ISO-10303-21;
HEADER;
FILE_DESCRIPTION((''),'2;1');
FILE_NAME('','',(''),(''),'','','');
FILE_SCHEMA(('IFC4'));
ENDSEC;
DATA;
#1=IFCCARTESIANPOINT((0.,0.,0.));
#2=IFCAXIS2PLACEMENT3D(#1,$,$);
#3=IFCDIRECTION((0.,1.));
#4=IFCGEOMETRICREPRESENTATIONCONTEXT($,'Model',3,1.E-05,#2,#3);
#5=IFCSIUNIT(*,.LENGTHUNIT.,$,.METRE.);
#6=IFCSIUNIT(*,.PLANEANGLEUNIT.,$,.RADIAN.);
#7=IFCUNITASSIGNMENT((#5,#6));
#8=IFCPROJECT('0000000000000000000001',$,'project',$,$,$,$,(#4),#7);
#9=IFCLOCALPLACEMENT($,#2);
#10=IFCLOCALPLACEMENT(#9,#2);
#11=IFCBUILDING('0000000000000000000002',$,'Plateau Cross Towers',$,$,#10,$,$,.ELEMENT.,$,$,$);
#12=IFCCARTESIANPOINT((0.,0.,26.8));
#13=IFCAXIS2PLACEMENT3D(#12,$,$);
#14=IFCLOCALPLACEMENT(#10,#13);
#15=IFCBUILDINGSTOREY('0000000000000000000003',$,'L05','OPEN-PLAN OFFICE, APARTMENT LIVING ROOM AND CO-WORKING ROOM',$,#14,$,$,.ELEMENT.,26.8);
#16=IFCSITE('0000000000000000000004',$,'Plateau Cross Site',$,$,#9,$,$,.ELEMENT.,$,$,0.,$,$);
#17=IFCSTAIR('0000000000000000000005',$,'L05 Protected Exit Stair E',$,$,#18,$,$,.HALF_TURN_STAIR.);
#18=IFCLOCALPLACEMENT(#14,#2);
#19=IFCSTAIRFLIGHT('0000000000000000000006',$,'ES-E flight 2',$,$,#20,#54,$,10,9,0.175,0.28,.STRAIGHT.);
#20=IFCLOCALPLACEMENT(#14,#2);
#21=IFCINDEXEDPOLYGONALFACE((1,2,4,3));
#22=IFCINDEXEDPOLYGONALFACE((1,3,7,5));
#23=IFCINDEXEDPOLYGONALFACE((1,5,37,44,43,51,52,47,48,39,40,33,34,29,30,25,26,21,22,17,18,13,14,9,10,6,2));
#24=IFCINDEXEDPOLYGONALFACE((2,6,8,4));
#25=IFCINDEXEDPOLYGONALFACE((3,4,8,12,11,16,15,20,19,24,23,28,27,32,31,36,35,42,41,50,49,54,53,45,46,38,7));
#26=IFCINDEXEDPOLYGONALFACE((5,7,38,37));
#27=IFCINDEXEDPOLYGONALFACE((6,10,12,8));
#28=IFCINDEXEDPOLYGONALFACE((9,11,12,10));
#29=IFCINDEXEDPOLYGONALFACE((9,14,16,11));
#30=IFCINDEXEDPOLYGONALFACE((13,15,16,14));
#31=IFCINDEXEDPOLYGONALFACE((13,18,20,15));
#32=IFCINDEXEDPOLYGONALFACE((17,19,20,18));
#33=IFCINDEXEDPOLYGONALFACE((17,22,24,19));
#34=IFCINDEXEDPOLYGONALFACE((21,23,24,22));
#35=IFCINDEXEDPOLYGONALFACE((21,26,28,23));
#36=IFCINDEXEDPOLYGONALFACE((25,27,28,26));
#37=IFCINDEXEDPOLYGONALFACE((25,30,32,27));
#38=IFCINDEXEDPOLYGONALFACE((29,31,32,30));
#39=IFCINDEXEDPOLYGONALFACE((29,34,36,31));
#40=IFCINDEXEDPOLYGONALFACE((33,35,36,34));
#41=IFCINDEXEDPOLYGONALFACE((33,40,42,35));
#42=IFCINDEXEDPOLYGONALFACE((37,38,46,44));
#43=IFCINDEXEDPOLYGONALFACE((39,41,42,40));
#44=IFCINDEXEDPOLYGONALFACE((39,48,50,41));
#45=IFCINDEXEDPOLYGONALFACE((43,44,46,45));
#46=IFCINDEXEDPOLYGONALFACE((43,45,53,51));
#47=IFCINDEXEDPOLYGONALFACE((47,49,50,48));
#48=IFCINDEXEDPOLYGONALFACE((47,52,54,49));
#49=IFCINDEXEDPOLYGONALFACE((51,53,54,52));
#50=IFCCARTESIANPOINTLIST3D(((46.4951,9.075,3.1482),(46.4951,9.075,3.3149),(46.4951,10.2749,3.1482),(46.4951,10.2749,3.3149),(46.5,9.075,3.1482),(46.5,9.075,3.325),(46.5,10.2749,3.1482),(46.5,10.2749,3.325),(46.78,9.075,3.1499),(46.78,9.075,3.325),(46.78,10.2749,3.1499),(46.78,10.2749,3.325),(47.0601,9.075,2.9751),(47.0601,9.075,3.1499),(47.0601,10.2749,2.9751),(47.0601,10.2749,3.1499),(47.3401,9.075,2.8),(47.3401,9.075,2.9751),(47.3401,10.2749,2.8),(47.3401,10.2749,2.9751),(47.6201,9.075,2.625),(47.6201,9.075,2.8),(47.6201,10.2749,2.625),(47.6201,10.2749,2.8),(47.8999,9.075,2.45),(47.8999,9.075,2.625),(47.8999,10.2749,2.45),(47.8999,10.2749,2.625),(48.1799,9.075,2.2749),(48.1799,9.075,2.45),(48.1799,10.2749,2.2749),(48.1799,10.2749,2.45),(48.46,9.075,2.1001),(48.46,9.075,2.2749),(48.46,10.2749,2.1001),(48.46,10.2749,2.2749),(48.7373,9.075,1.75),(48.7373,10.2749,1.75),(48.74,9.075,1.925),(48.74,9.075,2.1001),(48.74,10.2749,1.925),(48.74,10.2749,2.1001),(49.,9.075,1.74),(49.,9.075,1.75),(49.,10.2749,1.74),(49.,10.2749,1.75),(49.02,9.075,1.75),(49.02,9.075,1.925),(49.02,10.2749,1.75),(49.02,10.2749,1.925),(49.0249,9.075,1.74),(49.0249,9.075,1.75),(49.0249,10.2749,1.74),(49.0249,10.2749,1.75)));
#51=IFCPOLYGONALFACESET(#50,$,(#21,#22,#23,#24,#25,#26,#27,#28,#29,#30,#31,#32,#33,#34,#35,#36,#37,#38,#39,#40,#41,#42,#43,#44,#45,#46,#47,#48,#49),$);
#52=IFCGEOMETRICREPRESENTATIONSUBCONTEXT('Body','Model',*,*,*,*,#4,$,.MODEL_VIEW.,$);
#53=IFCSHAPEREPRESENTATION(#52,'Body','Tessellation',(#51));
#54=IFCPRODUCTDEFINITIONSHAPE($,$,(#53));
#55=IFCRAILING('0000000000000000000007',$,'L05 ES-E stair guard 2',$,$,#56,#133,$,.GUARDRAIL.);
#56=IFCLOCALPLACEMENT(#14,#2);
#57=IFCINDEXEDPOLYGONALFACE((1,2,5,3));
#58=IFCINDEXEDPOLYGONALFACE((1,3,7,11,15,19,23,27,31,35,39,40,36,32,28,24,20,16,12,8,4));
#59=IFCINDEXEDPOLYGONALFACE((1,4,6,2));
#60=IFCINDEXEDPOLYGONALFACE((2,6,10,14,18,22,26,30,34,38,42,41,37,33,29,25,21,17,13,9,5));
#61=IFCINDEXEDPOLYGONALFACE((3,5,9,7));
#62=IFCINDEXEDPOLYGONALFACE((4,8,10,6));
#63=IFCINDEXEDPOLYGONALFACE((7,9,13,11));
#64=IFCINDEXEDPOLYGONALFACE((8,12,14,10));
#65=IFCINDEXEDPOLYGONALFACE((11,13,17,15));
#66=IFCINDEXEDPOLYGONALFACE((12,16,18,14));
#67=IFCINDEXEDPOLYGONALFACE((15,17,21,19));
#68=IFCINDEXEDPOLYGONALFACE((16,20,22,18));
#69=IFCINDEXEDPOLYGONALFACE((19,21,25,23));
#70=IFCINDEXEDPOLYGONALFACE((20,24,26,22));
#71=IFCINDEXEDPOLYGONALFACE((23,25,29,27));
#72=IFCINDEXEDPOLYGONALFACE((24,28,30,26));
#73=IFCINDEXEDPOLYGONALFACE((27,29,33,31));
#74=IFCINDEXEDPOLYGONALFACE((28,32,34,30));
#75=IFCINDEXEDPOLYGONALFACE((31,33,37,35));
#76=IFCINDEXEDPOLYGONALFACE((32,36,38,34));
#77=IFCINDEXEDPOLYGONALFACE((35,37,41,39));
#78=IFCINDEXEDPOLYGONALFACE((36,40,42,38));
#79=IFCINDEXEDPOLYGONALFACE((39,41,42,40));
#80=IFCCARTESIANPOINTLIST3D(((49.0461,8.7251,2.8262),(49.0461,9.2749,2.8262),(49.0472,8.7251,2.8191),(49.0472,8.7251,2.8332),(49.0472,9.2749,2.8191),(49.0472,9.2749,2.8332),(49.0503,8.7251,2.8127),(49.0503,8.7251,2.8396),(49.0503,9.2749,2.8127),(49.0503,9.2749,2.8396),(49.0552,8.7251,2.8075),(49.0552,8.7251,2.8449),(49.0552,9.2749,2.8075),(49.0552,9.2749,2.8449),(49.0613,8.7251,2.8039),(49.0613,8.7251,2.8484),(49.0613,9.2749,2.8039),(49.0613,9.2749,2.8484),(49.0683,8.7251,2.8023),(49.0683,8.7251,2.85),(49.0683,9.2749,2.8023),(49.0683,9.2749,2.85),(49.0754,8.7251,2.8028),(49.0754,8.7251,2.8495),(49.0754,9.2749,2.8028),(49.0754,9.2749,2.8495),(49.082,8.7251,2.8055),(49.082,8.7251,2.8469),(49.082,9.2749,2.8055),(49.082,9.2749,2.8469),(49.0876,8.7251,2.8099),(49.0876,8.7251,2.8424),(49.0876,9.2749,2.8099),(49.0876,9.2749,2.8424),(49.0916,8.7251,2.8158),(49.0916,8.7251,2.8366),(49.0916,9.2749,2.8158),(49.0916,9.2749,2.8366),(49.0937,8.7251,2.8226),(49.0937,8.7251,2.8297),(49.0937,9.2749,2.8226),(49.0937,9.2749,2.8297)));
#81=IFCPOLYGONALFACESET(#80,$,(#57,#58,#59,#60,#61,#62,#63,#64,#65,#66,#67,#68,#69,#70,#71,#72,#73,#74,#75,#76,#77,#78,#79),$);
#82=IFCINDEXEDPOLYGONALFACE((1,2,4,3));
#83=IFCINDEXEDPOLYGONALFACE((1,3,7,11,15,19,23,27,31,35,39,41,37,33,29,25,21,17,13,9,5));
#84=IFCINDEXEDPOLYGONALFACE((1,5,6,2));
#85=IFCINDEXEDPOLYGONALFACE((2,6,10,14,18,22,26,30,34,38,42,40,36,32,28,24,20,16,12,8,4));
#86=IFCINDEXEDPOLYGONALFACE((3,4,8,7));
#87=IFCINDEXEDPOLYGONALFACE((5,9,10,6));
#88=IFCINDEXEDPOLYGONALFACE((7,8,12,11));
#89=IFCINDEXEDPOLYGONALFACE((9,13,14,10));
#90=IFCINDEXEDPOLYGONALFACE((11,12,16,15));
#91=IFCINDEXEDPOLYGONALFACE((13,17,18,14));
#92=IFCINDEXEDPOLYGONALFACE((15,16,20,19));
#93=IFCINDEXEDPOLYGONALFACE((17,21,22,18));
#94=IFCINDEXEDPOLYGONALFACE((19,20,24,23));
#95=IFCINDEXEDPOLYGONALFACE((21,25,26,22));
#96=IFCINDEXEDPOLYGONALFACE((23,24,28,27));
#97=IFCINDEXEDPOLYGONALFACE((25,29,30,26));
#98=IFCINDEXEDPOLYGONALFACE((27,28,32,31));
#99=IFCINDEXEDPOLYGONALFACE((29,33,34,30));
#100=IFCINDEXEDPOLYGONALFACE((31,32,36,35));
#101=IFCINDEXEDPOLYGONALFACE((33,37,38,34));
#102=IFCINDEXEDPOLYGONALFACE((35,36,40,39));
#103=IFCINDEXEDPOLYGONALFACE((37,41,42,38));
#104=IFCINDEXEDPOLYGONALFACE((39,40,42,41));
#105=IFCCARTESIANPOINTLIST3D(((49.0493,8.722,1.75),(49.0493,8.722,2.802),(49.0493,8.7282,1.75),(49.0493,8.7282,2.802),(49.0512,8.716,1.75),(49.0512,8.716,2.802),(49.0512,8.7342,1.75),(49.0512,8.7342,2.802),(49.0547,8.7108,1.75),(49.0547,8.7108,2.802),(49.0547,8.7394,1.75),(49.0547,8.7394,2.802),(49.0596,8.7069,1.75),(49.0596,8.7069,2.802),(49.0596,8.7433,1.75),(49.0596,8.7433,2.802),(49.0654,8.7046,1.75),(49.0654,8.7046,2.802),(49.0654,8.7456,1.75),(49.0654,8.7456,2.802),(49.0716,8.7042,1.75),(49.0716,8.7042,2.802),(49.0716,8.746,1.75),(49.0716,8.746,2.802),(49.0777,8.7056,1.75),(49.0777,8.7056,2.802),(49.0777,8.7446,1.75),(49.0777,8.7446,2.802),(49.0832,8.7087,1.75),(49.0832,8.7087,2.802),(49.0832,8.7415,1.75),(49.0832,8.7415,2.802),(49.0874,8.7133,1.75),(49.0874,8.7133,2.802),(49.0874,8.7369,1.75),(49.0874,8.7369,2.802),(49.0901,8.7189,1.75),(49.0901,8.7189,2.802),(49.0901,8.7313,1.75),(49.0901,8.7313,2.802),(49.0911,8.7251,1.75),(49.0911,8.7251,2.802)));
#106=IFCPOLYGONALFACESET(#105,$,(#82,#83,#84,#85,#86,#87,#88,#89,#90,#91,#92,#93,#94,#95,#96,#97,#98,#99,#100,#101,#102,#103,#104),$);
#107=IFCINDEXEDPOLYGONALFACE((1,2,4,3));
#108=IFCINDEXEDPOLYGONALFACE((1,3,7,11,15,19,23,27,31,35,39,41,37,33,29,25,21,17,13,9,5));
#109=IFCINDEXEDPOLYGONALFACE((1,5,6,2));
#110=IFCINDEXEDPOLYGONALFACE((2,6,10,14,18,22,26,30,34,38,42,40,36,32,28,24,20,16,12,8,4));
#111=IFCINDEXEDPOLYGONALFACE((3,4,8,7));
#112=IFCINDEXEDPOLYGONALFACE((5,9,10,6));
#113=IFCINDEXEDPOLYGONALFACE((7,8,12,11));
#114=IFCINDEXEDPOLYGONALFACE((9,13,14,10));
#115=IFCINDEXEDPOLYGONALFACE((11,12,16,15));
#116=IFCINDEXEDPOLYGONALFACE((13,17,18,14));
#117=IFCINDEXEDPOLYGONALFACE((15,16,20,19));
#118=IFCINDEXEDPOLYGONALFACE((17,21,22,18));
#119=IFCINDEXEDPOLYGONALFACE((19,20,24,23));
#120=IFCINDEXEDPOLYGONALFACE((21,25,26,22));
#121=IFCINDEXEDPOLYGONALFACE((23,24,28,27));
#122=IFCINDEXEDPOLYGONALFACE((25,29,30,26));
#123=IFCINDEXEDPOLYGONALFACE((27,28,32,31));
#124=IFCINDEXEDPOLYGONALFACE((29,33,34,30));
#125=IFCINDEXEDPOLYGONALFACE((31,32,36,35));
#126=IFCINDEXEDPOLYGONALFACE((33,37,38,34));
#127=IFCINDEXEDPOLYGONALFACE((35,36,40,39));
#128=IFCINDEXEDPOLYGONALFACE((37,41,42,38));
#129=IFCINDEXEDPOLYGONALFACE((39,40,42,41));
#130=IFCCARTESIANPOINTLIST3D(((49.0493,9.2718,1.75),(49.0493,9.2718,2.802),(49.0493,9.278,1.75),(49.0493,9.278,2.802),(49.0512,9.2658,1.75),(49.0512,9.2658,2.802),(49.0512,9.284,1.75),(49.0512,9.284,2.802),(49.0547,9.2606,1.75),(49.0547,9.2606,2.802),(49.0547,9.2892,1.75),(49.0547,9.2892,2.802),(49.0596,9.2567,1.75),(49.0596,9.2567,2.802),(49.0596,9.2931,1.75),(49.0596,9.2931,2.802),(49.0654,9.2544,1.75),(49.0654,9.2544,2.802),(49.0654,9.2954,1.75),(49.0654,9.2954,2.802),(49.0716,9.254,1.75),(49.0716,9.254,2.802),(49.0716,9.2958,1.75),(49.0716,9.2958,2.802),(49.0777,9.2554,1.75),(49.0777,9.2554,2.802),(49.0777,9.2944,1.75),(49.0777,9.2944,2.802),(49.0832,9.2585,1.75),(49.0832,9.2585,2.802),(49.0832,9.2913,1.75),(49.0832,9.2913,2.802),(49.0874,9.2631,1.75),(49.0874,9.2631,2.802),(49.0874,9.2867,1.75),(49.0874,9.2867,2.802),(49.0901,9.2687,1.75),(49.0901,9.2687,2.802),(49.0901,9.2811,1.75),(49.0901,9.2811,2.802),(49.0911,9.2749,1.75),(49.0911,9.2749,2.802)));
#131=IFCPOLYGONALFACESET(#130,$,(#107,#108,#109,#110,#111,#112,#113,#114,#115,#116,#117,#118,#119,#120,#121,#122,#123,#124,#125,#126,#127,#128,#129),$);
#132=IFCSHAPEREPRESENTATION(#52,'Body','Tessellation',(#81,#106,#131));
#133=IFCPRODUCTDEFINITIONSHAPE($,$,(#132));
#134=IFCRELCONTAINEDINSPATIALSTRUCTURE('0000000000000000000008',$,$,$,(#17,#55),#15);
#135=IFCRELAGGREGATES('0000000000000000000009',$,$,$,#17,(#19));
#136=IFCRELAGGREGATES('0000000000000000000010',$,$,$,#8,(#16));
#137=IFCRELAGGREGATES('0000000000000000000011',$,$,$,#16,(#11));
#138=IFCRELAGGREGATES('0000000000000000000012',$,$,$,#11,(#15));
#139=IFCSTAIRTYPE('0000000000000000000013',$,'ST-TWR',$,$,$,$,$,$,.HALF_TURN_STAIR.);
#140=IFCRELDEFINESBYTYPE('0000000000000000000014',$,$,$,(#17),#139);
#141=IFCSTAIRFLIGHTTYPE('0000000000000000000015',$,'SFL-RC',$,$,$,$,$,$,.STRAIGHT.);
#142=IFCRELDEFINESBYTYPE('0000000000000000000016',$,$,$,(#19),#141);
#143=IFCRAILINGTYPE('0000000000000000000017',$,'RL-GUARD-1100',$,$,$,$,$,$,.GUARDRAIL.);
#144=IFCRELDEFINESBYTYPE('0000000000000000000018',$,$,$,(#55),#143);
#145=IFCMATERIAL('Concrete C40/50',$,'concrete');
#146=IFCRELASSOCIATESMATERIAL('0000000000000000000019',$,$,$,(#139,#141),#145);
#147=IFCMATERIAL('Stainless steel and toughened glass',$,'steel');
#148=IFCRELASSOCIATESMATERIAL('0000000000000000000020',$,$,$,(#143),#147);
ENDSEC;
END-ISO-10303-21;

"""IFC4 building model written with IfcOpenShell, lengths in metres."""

from ifc_helpers import new_model, si_unit, direction, frame, origin, origin_2d, place, context, subcontext, project, spatial, polyline, circle, outline, extrude, material, type_object, element, aggregate, save


model = new_model("IFC4")

# Units and contexts
model_context = context("Model", 3, precision=1e-05, world=origin(), true_north=direction((0.0, 1.0)))
body_context = subcontext(model_context, "Body", "Model", "MODEL_VIEW")
ifc_project = project(units=[si_unit("LENGTHUNIT", "METRE"), si_unit("PLANEANGLEUNIT", "RADIAN")], contexts=[model_context])

# Site, building, storey
site_placement = place(None, origin())
site = spatial("IfcSite", under=ifc_project, at=site_placement, Name="Plateau Cross Site", CompositionType="ELEMENT", RefElevation=0.0)
building_placement = place(site_placement, origin())
building = spatial("IfcBuilding", under=site, at=building_placement, Name="Plateau Cross Towers", CompositionType="ELEMENT")
storey_placement = place(building_placement, frame((0.0, 0.0, 26.8)))
storey = spatial("IfcBuildingStorey", under=building, at=storey_placement, Name="L05", Description="OPEN-PLAN OFFICE, APARTMENT LIVING ROOM AND CO-WORKING ROOM", CompositionType="ELEMENT", Elevation=26.8)

# Stair, stair flight
ifc_material_1 = material(Name="Concrete C40/50", Category="concrete")
stair_type = type_object("IfcStairType", Name="ST-TWR", PredefinedType="HALF_TURN_STAIR", material=ifc_material_1)
stair_placement = place(storey_placement, origin())
stair = element("IfcStair", 1, at=stair_placement, inside=storey, type_object=stair_type, Name="L05 Protected Exit Stair E", PredefinedType="HALF_TURN_STAIR")
stair_flight_type = type_object("IfcStairFlightType", Name="SFL-RC", PredefinedType="STRAIGHT", material=ifc_material_1)
stair_flight_placement = place(storey_placement, frame((49.02, 9.675, 1.75), z_axis=(0.0, 0.0, 1.0), x_axis=(-1.0, 0.0, 0.0)))
stair_flight = element("IfcStairFlight", 2, at=stair_flight_placement, type_object=stair_flight_type, Name="ES-E flight 2", NumberOfRisers=10, NumberOfTreads=9, PredefinedType="STRAIGHT", RiserHeight=0.175, TreadLength=0.28, context=body_context, shape_type="SweptSolid", body=[
    extrude(outline(polyline([(-0.0049, -0.01), (-0.0049, 0.0), (0.0, 0.0), (0.0, 0.175), (0.28, 0.175), (0.28, 0.3501), (0.5601, 0.3501), (0.5601, 0.5249), (0.8401, 0.5249), (0.8401, 0.7), (1.1201, 0.7), (1.1201, 0.875), (1.3999, 0.875), (1.3999, 1.05), (1.6799, 1.05), (1.6799, 1.2251), (1.96, 1.2251), (1.96, 1.3999), (2.24, 1.3999), (2.24, 1.575), (2.52, 1.575), (2.5249, 1.5649), (2.5249, 1.3982), (2.52, 1.3982), (0.2827, 0.0), (0.02, 0.0), (0.02, -0.01), (-0.0049, -0.01)])), frame((0.0, 0.6001, 0.0), z_axis=(0.0, -1.0, 0.0), x_axis=(1.0, 0.0, 0.0)), (0.0, 0.0, 1.0), 1.2),
])
aggregate(stair, [stair_flight])

# Railing
ifc_material_2 = material(Name="Stainless steel and toughened glass", Category="steel")
railing_type_1 = type_object("IfcRailingType", Name="RL-GUARD-1100", PredefinedType="GUARDRAIL", material=ifc_material_2)
railing_1_placement = place(storey_placement, frame((49.0701, 8.7251, 1.75)))
element("IfcRailing", 3, at=railing_1_placement, inside=storey, type_object=railing_type_1, Name="L05 ES-E stair guard 2", PredefinedType="GUARDRAIL", context=body_context, shape_type="SweptSolid", body=[
    extrude(circle(Radius=0.0239, at=origin_2d()), frame((0.0, 0.0, 1.0762), z_axis=(0.0, 1.0, 0.0), x_axis=(-1.0, 0.0, 0.0)), (0.0, 0.0, 1.0), 0.5498),
    extrude(circle(Radius=0.021, at=origin_2d()), origin(), (0.0, 0.0, 1.0), 1.052),
    extrude(circle(Radius=0.021, at=origin_2d()), frame((0.0, 0.5498, 0.0)), (0.0, 0.0, 1.0), 1.052),
])

save(model, "model.ifc")
